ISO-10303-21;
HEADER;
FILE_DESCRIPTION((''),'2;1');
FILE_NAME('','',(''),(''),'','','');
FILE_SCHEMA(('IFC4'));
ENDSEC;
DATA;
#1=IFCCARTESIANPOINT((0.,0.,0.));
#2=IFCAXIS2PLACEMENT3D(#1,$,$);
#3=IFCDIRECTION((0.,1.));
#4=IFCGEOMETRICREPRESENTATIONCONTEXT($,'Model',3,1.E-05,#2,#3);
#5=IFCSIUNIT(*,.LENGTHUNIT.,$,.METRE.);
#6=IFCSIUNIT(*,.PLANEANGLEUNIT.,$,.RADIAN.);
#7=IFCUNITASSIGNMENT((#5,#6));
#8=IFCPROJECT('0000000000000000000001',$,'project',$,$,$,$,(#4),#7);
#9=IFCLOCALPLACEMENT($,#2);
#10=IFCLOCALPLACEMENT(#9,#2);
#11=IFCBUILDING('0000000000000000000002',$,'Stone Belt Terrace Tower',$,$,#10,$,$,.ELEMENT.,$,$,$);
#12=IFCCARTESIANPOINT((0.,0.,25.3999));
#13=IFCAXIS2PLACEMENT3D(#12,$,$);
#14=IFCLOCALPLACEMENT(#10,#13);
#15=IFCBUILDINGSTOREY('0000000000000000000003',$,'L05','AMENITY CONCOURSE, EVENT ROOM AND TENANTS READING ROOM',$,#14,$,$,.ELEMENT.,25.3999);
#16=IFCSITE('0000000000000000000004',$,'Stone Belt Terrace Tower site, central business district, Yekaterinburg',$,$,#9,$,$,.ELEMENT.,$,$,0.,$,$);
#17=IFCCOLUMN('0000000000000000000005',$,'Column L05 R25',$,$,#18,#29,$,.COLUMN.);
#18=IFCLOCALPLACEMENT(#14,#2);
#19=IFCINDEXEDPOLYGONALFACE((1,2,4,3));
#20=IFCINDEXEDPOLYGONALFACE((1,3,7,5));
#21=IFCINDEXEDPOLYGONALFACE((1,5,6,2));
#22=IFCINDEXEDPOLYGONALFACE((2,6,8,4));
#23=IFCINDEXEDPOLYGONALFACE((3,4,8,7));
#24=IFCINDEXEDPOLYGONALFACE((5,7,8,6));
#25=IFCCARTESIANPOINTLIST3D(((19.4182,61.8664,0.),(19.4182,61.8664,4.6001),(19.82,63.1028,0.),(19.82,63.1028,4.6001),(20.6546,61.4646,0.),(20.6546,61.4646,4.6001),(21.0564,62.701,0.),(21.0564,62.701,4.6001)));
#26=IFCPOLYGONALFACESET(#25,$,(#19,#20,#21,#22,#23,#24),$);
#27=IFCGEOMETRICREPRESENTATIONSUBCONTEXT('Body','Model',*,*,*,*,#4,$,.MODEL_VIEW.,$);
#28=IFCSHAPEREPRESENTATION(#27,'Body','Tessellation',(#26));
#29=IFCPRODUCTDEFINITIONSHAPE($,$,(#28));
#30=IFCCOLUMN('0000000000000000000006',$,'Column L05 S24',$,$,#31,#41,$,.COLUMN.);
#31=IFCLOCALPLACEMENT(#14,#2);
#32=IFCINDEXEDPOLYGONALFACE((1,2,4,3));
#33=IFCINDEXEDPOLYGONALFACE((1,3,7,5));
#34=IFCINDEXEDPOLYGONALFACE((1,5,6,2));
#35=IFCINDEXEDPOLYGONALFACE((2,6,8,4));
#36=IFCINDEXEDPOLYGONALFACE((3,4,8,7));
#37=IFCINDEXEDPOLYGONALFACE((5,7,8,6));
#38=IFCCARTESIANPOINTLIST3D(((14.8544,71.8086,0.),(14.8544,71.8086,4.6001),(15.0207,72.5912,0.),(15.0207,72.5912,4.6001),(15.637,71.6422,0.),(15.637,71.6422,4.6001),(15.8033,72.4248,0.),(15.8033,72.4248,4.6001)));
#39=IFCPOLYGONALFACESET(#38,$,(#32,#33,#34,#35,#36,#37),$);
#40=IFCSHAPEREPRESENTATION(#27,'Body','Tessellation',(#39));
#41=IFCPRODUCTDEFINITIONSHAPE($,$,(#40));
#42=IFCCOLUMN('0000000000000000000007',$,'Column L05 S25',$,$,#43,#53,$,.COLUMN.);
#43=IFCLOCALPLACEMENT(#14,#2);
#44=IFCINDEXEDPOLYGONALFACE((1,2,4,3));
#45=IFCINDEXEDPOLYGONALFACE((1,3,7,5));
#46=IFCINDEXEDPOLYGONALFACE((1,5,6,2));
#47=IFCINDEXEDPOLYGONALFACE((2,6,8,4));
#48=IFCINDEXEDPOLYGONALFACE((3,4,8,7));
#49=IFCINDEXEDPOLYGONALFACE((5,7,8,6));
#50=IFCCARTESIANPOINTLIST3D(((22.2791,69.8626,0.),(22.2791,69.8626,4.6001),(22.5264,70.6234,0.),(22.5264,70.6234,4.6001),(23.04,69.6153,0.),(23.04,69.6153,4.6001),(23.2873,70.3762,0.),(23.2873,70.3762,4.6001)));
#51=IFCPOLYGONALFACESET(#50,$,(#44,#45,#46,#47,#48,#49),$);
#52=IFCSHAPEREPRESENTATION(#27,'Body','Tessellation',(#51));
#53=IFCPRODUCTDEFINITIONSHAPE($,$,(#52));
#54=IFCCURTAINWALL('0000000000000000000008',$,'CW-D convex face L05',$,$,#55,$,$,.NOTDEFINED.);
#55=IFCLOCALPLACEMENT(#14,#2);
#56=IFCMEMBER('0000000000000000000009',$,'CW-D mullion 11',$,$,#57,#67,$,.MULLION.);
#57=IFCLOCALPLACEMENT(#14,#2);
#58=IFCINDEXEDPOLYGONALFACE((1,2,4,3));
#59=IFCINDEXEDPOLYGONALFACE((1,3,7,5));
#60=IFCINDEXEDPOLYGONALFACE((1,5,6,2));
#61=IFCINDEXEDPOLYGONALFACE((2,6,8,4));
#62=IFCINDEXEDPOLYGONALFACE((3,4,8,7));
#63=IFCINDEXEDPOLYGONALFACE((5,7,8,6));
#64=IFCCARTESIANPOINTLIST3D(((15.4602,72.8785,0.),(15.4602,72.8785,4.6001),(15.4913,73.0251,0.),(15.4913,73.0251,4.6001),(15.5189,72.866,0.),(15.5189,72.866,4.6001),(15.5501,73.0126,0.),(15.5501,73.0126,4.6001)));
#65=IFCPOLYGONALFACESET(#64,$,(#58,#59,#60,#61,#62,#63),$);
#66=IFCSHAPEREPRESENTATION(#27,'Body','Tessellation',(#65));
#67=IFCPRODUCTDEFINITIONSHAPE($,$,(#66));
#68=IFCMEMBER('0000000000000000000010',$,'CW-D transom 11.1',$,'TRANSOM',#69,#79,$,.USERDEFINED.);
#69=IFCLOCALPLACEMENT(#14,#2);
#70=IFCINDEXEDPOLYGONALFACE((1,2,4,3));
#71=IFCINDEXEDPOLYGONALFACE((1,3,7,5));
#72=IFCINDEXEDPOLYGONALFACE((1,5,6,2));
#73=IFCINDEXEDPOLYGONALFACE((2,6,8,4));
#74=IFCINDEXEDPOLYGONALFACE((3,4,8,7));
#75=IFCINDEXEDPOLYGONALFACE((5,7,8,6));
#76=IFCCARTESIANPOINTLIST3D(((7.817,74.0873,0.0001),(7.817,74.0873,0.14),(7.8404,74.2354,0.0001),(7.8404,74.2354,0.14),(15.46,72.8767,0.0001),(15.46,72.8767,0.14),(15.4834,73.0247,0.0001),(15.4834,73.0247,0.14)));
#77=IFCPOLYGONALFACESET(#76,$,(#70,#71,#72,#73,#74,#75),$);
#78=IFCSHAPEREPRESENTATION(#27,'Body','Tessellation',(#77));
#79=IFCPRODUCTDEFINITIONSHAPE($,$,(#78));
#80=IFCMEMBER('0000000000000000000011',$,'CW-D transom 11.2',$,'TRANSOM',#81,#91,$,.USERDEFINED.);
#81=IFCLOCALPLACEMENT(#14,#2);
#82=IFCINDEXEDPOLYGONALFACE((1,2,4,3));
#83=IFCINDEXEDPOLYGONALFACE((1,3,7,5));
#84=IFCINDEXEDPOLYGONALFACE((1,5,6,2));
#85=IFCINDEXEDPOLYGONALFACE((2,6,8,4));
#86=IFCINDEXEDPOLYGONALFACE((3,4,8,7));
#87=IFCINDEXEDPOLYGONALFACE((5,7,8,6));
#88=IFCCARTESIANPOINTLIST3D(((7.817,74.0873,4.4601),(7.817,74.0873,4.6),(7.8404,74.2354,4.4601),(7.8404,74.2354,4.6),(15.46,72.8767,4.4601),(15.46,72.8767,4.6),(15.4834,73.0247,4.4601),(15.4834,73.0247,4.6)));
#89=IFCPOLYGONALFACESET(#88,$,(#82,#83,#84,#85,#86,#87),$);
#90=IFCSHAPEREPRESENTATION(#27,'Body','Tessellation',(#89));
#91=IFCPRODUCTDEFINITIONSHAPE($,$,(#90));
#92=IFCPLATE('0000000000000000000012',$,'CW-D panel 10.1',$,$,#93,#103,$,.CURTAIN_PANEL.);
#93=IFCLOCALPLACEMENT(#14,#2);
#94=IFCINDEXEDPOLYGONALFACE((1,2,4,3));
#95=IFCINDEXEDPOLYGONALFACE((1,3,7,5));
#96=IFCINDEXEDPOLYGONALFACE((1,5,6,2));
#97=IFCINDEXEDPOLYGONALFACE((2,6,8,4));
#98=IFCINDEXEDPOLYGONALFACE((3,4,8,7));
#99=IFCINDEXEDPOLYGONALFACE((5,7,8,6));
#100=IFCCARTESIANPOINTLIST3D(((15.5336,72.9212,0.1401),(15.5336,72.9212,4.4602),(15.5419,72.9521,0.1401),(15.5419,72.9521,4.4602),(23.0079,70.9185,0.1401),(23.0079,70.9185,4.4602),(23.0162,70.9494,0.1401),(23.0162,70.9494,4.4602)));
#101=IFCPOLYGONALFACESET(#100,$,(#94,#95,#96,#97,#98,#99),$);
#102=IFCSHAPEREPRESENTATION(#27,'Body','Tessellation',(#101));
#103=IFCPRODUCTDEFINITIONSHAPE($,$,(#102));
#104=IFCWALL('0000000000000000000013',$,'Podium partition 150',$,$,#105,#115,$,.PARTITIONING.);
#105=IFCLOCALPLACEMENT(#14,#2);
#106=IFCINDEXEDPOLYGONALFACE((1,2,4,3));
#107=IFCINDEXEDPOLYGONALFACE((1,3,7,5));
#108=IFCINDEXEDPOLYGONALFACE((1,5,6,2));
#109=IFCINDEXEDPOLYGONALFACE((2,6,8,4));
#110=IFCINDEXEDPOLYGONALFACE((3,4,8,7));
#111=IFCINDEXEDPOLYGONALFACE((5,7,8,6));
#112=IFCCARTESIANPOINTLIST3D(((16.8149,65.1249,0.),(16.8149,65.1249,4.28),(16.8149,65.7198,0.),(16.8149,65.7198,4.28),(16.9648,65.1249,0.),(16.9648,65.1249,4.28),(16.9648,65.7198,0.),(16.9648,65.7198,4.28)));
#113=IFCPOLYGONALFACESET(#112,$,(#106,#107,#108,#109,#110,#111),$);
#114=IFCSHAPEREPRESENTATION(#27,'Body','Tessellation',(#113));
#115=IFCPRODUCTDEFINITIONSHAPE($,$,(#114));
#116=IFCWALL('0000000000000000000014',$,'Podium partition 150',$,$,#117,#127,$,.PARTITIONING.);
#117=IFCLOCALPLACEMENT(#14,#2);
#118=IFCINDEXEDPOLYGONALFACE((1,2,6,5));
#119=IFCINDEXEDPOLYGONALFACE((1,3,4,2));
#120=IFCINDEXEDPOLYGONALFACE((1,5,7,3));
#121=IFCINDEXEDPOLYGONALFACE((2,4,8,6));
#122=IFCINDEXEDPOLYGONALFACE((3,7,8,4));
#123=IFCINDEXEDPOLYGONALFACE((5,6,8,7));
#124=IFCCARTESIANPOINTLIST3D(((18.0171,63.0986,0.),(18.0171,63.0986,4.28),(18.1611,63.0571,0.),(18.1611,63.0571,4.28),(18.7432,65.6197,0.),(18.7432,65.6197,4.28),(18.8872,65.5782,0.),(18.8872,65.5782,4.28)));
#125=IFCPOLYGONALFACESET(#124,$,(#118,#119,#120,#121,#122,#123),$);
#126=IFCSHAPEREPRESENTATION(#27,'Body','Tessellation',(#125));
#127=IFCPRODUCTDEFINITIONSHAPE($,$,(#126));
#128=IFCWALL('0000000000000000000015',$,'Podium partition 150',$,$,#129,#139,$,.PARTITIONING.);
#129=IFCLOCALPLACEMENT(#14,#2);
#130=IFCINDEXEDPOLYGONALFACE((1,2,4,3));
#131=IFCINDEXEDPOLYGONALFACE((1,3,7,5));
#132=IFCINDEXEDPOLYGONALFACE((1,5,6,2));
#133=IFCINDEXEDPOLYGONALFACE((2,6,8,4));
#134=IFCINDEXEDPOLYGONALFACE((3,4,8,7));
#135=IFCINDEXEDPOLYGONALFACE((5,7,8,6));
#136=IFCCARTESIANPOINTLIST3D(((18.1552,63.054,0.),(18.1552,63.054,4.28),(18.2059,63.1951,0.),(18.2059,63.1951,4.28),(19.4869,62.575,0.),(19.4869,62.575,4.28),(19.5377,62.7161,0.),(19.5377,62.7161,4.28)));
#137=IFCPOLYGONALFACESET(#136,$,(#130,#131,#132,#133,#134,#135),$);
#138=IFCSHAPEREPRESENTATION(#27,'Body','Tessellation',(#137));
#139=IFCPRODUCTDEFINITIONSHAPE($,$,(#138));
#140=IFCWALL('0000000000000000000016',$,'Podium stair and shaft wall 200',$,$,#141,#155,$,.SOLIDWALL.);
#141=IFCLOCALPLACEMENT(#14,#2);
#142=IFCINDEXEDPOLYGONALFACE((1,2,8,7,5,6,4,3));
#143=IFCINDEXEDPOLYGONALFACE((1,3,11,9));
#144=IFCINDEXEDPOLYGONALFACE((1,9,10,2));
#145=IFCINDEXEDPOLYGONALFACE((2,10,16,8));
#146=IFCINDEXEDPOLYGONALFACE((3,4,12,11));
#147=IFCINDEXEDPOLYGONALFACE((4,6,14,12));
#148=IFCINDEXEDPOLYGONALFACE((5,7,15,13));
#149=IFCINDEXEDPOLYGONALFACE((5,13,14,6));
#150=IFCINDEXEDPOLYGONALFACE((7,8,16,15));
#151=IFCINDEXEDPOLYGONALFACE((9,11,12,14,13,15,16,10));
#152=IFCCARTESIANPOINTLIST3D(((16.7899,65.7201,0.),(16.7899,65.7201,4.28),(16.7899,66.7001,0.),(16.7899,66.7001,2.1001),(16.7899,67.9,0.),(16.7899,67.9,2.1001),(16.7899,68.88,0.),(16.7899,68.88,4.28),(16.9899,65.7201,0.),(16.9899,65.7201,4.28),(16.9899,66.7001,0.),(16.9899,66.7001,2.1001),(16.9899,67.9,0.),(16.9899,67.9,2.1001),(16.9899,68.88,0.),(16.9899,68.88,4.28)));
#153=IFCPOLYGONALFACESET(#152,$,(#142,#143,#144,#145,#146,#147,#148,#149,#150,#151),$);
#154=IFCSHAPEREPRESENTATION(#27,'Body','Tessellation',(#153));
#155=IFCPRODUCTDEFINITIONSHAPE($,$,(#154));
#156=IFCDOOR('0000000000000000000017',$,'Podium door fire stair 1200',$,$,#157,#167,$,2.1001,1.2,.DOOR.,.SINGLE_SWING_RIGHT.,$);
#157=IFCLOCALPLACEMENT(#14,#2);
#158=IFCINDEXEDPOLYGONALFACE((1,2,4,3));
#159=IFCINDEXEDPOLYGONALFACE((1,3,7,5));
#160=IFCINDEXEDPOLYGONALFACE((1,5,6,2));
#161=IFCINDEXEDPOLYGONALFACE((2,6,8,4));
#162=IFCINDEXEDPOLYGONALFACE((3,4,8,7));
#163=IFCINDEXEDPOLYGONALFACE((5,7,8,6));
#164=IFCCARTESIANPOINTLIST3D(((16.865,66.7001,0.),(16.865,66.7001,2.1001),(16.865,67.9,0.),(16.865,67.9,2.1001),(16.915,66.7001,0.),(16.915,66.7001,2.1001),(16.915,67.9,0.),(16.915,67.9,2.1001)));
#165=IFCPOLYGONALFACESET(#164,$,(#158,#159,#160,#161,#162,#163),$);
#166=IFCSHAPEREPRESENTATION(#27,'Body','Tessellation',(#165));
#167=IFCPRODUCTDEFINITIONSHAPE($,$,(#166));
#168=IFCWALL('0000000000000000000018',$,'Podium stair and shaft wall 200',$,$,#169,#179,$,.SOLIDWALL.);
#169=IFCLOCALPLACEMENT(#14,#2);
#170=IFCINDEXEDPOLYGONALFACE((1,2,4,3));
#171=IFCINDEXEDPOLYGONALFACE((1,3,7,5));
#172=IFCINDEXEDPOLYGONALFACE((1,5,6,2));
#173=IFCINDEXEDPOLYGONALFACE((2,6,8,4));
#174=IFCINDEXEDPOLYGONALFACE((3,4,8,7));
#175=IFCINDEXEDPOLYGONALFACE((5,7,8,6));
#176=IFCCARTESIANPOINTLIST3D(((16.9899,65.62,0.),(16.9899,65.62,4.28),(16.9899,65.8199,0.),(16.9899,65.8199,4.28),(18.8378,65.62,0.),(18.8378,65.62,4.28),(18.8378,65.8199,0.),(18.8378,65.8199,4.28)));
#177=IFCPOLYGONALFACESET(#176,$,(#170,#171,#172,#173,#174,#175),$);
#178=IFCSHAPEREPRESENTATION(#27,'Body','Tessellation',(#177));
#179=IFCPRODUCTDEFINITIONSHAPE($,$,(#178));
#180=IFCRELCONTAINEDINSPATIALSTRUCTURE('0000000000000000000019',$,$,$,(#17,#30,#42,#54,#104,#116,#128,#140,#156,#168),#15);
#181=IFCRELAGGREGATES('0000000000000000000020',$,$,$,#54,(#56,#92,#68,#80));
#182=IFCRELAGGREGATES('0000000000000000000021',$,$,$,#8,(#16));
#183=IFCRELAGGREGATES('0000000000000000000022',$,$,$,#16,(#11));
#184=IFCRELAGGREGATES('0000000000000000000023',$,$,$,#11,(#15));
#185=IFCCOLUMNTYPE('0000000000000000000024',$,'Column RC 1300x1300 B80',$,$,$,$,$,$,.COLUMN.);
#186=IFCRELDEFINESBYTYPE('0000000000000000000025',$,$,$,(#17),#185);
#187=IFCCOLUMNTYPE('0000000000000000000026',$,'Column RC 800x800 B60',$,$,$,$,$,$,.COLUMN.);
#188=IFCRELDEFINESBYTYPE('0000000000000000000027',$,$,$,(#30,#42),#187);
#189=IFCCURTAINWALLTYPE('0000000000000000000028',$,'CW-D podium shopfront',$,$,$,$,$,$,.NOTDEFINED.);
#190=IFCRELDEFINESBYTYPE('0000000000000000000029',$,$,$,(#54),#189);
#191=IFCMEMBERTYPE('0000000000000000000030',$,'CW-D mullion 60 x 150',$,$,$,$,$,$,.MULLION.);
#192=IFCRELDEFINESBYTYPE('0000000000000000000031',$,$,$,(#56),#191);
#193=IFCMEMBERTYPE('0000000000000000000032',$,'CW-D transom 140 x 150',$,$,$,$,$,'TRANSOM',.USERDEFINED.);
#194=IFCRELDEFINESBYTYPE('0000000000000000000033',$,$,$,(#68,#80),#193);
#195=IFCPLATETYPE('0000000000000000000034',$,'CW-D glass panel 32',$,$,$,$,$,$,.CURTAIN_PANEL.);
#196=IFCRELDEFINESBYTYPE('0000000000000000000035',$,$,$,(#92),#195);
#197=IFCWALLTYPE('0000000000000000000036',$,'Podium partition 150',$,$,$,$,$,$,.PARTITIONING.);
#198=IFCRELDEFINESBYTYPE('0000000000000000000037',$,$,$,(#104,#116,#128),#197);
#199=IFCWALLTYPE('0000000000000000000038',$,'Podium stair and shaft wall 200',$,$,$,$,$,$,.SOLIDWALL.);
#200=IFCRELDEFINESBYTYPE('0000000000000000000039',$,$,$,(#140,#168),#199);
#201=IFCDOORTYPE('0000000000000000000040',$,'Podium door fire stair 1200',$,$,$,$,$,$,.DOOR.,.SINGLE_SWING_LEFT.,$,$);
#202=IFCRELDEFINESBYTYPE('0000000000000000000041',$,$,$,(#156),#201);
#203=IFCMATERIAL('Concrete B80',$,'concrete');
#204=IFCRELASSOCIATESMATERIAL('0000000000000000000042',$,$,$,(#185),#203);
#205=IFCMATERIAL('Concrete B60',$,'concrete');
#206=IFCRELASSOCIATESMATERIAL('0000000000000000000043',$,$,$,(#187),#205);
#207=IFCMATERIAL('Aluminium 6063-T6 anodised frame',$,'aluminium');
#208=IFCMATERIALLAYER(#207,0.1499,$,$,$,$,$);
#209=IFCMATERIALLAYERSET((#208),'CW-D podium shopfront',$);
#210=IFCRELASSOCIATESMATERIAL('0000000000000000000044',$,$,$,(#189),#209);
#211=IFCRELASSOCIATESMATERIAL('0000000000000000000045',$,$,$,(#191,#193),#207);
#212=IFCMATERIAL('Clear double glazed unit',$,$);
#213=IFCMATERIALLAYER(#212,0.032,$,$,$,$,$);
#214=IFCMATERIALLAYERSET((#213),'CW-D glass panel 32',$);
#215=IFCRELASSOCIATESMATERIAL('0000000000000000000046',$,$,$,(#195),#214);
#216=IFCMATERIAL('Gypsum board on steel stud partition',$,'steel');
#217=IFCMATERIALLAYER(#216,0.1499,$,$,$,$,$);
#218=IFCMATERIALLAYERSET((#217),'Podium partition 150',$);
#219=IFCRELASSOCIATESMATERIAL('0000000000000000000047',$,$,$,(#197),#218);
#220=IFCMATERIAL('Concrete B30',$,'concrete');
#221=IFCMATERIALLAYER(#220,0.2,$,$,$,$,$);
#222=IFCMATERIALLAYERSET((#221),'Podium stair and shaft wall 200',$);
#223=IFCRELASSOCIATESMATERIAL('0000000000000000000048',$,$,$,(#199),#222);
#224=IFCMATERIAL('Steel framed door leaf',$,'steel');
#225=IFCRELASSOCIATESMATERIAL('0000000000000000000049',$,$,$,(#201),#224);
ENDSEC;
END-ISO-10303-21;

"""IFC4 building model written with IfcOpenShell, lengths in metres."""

from ifc_helpers import new_model, si_unit, direction, frame, frame_2d, origin, origin_2d, place, context, subcontext, project, spatial, rectangle, extrude, material, layer, layer_set, material_profile, profile_set, type_object, element, fill, aggregate, save


model = new_model("IFC4")

# Units and contexts
model_context = context("Model", 3, precision=1e-05, world=origin(), true_north=direction((0.0, 1.0)))
body_context = subcontext(model_context, "Body", "Model", "MODEL_VIEW")
ifc_project = project(units=[si_unit("LENGTHUNIT", "METRE"), si_unit("PLANEANGLEUNIT", "RADIAN")], contexts=[model_context])

# Site, building, storey
site_placement = place(None, origin())
site = spatial("IfcSite", under=ifc_project, at=site_placement, Name="Stone Belt Terrace Tower site, central business district, Yekaterinburg", CompositionType="ELEMENT", RefElevation=0.0)
building_placement = place(site_placement, origin())
building = spatial("IfcBuilding", under=site, at=building_placement, Name="Stone Belt Terrace Tower", CompositionType="ELEMENT")
storey_placement = place(building_placement, frame((0.0, 0.0, 25.3999)))
storey = spatial("IfcBuildingStorey", under=building, at=storey_placement, Name="L05", Description="AMENITY CONCOURSE, EVENT ROOM AND TENANTS READING ROOM", CompositionType="ELEMENT", Elevation=25.3999)

# Columns
ifc_material_1 = material(Name="Concrete B80", Category="concrete")
ifc_material_profile_1 = material_profile(ifc_material_1, rectangle(XDim=1.3, YDim=1.3, at=origin_2d()), Name="RC 1300x1300")
ifc_profile_set_1 = profile_set([ifc_material_profile_1], Name="Concrete B80")
column_type_1 = type_object("IfcColumnType", Name="Column RC 1300x1300 B80", PredefinedType="COLUMN", material=ifc_profile_set_1)
column_placement = place(storey_placement, frame((20.2373, 62.2837, 0.0), z_axis=(0.0, 0.0, 1.0), x_axis=(0.951057, -0.309017, 0.0)))
element("IfcColumn", 1, at=column_placement, inside=storey, type_object=column_type_1, Name="Column L05 R25", PredefinedType="COLUMN", context=body_context, shape_type="SweptSolid", body=[
    extrude(rectangle(XDim=1.3, YDim=1.3, at=origin_2d()), origin(), (0.0, 0.0, 1.0), 4.6001),
])
ifc_material_2 = material(Name="Concrete B60", Category="concrete")
ifc_material_profile_2 = material_profile(ifc_material_2, rectangle(XDim=0.8, YDim=0.8, at=origin_2d()), Name="RC 800x800")
ifc_profile_set_2 = profile_set([ifc_material_profile_2], Name="Concrete B60")
column_type_2 = type_object("IfcColumnType", Name="Column RC 800x800 B60", PredefinedType="COLUMN", material=ifc_profile_set_2)
for number, where, z_axis, x_axis, name in (
    (2, (15.3289, 72.1167, 0.0), (0.0, 0.0, 1.0), (0.978148, -0.207912, 0.0), "Column L05 S24"),
    (3, (22.7832, 70.1194, 0.0), (0.0, 0.0, 1.0), (0.951057, -0.309017, 0.0), "Column L05 S25"),
):
    element("IfcColumn", number, at=place(storey_placement, frame(where, z_axis=z_axis, x_axis=x_axis)), inside=storey, type_object=column_type_2, Name=name, PredefinedType="COLUMN", context=body_context, shape_type="SweptSolid", body=[
        extrude(rectangle(XDim=0.8, YDim=0.8, at=origin_2d()), origin(), (0.0, 0.0, 1.0), 4.6001),
    ])

# Curtain wall, members, plate
ifc_material_3 = material(Name="Aluminium 6063-T6 anodised frame", Category="aluminium")
ifc_layer_1 = layer(ifc_material_3, 0.1499)
ifc_layer_set_1 = layer_set([ifc_layer_1], Name="CW-D podium shopfront")
curtain_wall_type = type_object("IfcCurtainWallType", Name="CW-D podium shopfront", PredefinedType="NOTDEFINED", material=ifc_layer_set_1)
curtain_wall_placement = place(storey_placement, origin())
curtain_wall = element("IfcCurtainWall", 4, at=curtain_wall_placement, inside=storey, type_object=curtain_wall_type, Name="CW-D convex face L05", PredefinedType="NOTDEFINED")
ifc_material_profile_3 = material_profile(ifc_material_3, rectangle(XDim=0.1499, YDim=0.0601, at=origin_2d()), Name="Aluminium 6063-T6 60x150")
ifc_profile_set_3 = profile_set([ifc_material_profile_3], Name="Aluminium 6063-T6 anodised frame")
member_type_1 = type_object("IfcMemberType", Name="CW-D mullion 60 x 150", PredefinedType="MULLION", material=ifc_profile_set_3)
member_1_placement = place(storey_placement, frame((15.5051, 72.9456, 0.0), z_axis=(0.0, 0.0, 1.0), x_axis=(-0.207912, -0.978148, 0.0)))
member_1 = element("IfcMember", 5, at=member_1_placement, type_object=member_type_1, Name="CW-D mullion 11", PredefinedType="MULLION", context=body_context, shape_type="SweptSolid", body=[
    extrude(rectangle(XDim=0.1499, YDim=0.0601, at=origin_2d()), origin(), (0.0, 0.0, 1.0), 4.6001),
])
ifc_material_profile_4 = material_profile(ifc_material_3, rectangle(XDim=0.1499, YDim=0.1399, at=origin_2d()), Name="Aluminium 6063-T6 150x140")
ifc_profile_set_4 = profile_set([ifc_material_profile_4], Name="Aluminium 6063-T6 anodised frame")
member_type_2 = type_object("IfcMemberType", Name="CW-D transom 140 x 150", ElementType="TRANSOM", PredefinedType="USERDEFINED", material=ifc_profile_set_4)
member_2_placement = place(storey_placement, frame((15.4717, 72.9507, 0.0701), z_axis=(-0.987685, 0.156453, 0.0), x_axis=(-0.156453, -0.987685, 0.0)))
member_2 = element("IfcMember", 6, at=member_2_placement, type_object=member_type_2, Name="CW-D transom 11.1", ObjectType="TRANSOM", PredefinedType="USERDEFINED", context=body_context, shape_type="SweptSolid", body=[
    extrude(rectangle(XDim=0.1499, YDim=0.1399, at=origin_2d()), origin(), (0.0, 0.0, 1.0), 7.7383),
])
member_3_placement = place(storey_placement, frame((15.4717, 72.9507, 4.53), z_axis=(-0.987685, 0.156453, 0.0), x_axis=(-0.156453, -0.987685, 0.0)))
member_3 = element("IfcMember", 7, at=member_3_placement, type_object=member_type_2, Name="CW-D transom 11.2", ObjectType="TRANSOM", PredefinedType="USERDEFINED", context=body_context, shape_type="SweptSolid", body=[
    extrude(rectangle(XDim=0.1499, YDim=0.1399, at=origin_2d()), origin(), (0.0, 0.0, 1.0), 7.7383),
])
ifc_material_4 = material(Name="Clear double glazed unit")
ifc_layer_2 = layer(ifc_material_4, 0.032)
ifc_layer_set_2 = layer_set([ifc_layer_2], Name="CW-D glass panel 32")
plate_type = type_object("IfcPlateType", Name="CW-D glass panel 32", PredefinedType="CURTAIN_PANEL", material=ifc_layer_set_2)
plate_placement = place(storey_placement, frame((19.2749, 71.9353, 0.1401), z_axis=(0.0, 0.0, 1.0), x_axis=(-0.965926, 0.258819, 0.0)))
plate = element("IfcPlate", 8, at=plate_placement, type_object=plate_type, Name="CW-D panel 10.1", PredefinedType="CURTAIN_PANEL", context=body_context, shape_type="SweptSolid", body=[
    extrude(rectangle(XDim=7.738, YDim=0.032, at=origin_2d()), origin(), (0.0, 0.0, 1.0), 4.3201),
])
aggregate(curtain_wall, [member_1, plate, member_2, member_3])

# Walls
ifc_material_5 = material(Name="Gypsum board on steel stud partition", Category="steel")
ifc_layer_3 = layer(ifc_material_5, 0.1499)
ifc_layer_set_3 = layer_set([ifc_layer_3], Name="Podium partition 150")
wall_type_1 = type_object("IfcWallType", Name="Podium partition 150", PredefinedType="PARTITIONING", material=ifc_layer_set_3)
wall_1_placement = place(storey_placement, frame((16.8899, 65.125, 0.0), z_axis=(0.0, 0.0, 1.0), x_axis=(0.0, 1.0, 0.0)))
element("IfcWall", 9, at=wall_1_placement, inside=storey, type_object=wall_type_1, Name="Podium partition 150", PredefinedType="PARTITIONING", context=body_context, shape_type="SweptSolid", body=[
    extrude(rectangle(XDim=0.595, YDim=0.1499, at=frame_2d((0.2974, 0.0))), origin(), (0.0, 0.0, 1.0), 4.28),
])
wall_2_placement = place(storey_placement, frame((18.0891, 63.0779, 0.0), z_axis=(0.0, 0.0, 1.0), x_axis=(0.276761, 0.960939, 0.0)))
element("IfcWall", 10, at=wall_2_placement, inside=storey, type_object=wall_type_1, Name="Podium partition 150", PredefinedType="PARTITIONING", context=body_context, shape_type="SweptSolid", body=[
    extrude(rectangle(XDim=2.6235, YDim=0.1499, at=frame_2d((1.3118, 0.0))), origin(), (0.0, 0.0, 1.0), 4.28),
])
wall_3_placement = place(storey_placement, frame((18.1807, 63.1245, 0.0), z_axis=(0.0, 0.0, 1.0), x_axis=(0.940986, -0.338445, 0.0)))
element("IfcWall", 11, at=wall_3_placement, inside=storey, type_object=wall_type_1, Name="Podium partition 150", PredefinedType="PARTITIONING", context=body_context, shape_type="SweptSolid", body=[
    extrude(rectangle(XDim=1.4153, YDim=0.1499, at=frame_2d((0.7075, 0.0))), origin(), (0.0, 0.0, 1.0), 4.28),
])

# Wall, opening, door
ifc_material_6 = material(Name="Concrete B30", Category="concrete")
ifc_layer_4 = layer(ifc_material_6, 0.2)
ifc_layer_set_4 = layer_set([ifc_layer_4], Name="Podium stair and shaft wall 200")
wall_type_2 = type_object("IfcWallType", Name="Podium stair and shaft wall 200", PredefinedType="SOLIDWALL", material=ifc_layer_set_4)
wall_4_placement = place(storey_placement, frame((16.8899, 65.72, 0.0), z_axis=(0.0, 0.0, 1.0), x_axis=(0.0, 1.0, 0.0)))
wall_4 = element("IfcWall", 12, at=wall_4_placement, inside=storey, type_object=wall_type_2, Name="Podium stair and shaft wall 200", PredefinedType="SOLIDWALL", context=body_context, shape_type="SweptSolid", body=[
    extrude(rectangle(XDim=3.1599, YDim=0.2, at=frame_2d((1.5801, 0.0))), origin(), (0.0, 0.0, 1.0), 4.28),
])
opening_1_placement = place(wall_4_placement, frame((0.98, 0.0, 0.0)))
opening_1 = element("IfcOpeningElement", 13, at=opening_1_placement, cuts=wall_4, PredefinedType="OPENING", context=body_context, shape_type="SweptSolid", body=[
    extrude(rectangle(XDim=1.2, YDim=2.1001, at=frame_2d((0.6001, 1.05))), frame((0.0, 0.1099, 0.0), z_axis=(0.0, -1.0, 0.0), x_axis=(1.0, 0.0, 0.0)), (0.0, 0.0, 1.0), 0.22),
])
ifc_material_7 = material(Name="Steel framed door leaf", Category="steel")
door_type_1 = type_object("IfcDoorType", Name="Podium door fire stair 1200", OperationType="SINGLE_SWING_LEFT", PredefinedType="DOOR", material=ifc_material_7)
door_1_placement = place(opening_1_placement, origin())
door_1 = element("IfcDoor", 14, at=door_1_placement, inside=storey, type_object=door_type_1, Name="Podium door fire stair 1200", OperationType="SINGLE_SWING_RIGHT", OverallHeight=2.1001, OverallWidth=1.2, PredefinedType="DOOR", context=body_context, shape_type="SweptSolid", body=[
    extrude(rectangle(XDim=1.2, YDim=2.1001, at=frame_2d((0.6001, 1.05))), frame((0.0, 0.0249, 0.0), z_axis=(0.0, -1.0, 0.0), x_axis=(1.0, 0.0, 0.0)), (0.0, 0.0, 1.0), 0.05),
])
fill(opening_1, door_1)

# Wall
wall_5_placement = place(storey_placement, frame((16.99, 65.72, 0.0), z_axis=(0.0, 0.0, 1.0), x_axis=(1.0, 0.0, 0.0)))
element("IfcWall", 15, at=wall_5_placement, inside=storey, type_object=wall_type_2, Name="Podium stair and shaft wall 200", PredefinedType="SOLIDWALL", context=body_context, shape_type="SweptSolid", body=[
    extrude(rectangle(XDim=1.8479, YDim=0.2, at=frame_2d((0.9238, 0.0))), origin(), (0.0, 0.0, 1.0), 4.28),
])

save(model, "model.ifc")
